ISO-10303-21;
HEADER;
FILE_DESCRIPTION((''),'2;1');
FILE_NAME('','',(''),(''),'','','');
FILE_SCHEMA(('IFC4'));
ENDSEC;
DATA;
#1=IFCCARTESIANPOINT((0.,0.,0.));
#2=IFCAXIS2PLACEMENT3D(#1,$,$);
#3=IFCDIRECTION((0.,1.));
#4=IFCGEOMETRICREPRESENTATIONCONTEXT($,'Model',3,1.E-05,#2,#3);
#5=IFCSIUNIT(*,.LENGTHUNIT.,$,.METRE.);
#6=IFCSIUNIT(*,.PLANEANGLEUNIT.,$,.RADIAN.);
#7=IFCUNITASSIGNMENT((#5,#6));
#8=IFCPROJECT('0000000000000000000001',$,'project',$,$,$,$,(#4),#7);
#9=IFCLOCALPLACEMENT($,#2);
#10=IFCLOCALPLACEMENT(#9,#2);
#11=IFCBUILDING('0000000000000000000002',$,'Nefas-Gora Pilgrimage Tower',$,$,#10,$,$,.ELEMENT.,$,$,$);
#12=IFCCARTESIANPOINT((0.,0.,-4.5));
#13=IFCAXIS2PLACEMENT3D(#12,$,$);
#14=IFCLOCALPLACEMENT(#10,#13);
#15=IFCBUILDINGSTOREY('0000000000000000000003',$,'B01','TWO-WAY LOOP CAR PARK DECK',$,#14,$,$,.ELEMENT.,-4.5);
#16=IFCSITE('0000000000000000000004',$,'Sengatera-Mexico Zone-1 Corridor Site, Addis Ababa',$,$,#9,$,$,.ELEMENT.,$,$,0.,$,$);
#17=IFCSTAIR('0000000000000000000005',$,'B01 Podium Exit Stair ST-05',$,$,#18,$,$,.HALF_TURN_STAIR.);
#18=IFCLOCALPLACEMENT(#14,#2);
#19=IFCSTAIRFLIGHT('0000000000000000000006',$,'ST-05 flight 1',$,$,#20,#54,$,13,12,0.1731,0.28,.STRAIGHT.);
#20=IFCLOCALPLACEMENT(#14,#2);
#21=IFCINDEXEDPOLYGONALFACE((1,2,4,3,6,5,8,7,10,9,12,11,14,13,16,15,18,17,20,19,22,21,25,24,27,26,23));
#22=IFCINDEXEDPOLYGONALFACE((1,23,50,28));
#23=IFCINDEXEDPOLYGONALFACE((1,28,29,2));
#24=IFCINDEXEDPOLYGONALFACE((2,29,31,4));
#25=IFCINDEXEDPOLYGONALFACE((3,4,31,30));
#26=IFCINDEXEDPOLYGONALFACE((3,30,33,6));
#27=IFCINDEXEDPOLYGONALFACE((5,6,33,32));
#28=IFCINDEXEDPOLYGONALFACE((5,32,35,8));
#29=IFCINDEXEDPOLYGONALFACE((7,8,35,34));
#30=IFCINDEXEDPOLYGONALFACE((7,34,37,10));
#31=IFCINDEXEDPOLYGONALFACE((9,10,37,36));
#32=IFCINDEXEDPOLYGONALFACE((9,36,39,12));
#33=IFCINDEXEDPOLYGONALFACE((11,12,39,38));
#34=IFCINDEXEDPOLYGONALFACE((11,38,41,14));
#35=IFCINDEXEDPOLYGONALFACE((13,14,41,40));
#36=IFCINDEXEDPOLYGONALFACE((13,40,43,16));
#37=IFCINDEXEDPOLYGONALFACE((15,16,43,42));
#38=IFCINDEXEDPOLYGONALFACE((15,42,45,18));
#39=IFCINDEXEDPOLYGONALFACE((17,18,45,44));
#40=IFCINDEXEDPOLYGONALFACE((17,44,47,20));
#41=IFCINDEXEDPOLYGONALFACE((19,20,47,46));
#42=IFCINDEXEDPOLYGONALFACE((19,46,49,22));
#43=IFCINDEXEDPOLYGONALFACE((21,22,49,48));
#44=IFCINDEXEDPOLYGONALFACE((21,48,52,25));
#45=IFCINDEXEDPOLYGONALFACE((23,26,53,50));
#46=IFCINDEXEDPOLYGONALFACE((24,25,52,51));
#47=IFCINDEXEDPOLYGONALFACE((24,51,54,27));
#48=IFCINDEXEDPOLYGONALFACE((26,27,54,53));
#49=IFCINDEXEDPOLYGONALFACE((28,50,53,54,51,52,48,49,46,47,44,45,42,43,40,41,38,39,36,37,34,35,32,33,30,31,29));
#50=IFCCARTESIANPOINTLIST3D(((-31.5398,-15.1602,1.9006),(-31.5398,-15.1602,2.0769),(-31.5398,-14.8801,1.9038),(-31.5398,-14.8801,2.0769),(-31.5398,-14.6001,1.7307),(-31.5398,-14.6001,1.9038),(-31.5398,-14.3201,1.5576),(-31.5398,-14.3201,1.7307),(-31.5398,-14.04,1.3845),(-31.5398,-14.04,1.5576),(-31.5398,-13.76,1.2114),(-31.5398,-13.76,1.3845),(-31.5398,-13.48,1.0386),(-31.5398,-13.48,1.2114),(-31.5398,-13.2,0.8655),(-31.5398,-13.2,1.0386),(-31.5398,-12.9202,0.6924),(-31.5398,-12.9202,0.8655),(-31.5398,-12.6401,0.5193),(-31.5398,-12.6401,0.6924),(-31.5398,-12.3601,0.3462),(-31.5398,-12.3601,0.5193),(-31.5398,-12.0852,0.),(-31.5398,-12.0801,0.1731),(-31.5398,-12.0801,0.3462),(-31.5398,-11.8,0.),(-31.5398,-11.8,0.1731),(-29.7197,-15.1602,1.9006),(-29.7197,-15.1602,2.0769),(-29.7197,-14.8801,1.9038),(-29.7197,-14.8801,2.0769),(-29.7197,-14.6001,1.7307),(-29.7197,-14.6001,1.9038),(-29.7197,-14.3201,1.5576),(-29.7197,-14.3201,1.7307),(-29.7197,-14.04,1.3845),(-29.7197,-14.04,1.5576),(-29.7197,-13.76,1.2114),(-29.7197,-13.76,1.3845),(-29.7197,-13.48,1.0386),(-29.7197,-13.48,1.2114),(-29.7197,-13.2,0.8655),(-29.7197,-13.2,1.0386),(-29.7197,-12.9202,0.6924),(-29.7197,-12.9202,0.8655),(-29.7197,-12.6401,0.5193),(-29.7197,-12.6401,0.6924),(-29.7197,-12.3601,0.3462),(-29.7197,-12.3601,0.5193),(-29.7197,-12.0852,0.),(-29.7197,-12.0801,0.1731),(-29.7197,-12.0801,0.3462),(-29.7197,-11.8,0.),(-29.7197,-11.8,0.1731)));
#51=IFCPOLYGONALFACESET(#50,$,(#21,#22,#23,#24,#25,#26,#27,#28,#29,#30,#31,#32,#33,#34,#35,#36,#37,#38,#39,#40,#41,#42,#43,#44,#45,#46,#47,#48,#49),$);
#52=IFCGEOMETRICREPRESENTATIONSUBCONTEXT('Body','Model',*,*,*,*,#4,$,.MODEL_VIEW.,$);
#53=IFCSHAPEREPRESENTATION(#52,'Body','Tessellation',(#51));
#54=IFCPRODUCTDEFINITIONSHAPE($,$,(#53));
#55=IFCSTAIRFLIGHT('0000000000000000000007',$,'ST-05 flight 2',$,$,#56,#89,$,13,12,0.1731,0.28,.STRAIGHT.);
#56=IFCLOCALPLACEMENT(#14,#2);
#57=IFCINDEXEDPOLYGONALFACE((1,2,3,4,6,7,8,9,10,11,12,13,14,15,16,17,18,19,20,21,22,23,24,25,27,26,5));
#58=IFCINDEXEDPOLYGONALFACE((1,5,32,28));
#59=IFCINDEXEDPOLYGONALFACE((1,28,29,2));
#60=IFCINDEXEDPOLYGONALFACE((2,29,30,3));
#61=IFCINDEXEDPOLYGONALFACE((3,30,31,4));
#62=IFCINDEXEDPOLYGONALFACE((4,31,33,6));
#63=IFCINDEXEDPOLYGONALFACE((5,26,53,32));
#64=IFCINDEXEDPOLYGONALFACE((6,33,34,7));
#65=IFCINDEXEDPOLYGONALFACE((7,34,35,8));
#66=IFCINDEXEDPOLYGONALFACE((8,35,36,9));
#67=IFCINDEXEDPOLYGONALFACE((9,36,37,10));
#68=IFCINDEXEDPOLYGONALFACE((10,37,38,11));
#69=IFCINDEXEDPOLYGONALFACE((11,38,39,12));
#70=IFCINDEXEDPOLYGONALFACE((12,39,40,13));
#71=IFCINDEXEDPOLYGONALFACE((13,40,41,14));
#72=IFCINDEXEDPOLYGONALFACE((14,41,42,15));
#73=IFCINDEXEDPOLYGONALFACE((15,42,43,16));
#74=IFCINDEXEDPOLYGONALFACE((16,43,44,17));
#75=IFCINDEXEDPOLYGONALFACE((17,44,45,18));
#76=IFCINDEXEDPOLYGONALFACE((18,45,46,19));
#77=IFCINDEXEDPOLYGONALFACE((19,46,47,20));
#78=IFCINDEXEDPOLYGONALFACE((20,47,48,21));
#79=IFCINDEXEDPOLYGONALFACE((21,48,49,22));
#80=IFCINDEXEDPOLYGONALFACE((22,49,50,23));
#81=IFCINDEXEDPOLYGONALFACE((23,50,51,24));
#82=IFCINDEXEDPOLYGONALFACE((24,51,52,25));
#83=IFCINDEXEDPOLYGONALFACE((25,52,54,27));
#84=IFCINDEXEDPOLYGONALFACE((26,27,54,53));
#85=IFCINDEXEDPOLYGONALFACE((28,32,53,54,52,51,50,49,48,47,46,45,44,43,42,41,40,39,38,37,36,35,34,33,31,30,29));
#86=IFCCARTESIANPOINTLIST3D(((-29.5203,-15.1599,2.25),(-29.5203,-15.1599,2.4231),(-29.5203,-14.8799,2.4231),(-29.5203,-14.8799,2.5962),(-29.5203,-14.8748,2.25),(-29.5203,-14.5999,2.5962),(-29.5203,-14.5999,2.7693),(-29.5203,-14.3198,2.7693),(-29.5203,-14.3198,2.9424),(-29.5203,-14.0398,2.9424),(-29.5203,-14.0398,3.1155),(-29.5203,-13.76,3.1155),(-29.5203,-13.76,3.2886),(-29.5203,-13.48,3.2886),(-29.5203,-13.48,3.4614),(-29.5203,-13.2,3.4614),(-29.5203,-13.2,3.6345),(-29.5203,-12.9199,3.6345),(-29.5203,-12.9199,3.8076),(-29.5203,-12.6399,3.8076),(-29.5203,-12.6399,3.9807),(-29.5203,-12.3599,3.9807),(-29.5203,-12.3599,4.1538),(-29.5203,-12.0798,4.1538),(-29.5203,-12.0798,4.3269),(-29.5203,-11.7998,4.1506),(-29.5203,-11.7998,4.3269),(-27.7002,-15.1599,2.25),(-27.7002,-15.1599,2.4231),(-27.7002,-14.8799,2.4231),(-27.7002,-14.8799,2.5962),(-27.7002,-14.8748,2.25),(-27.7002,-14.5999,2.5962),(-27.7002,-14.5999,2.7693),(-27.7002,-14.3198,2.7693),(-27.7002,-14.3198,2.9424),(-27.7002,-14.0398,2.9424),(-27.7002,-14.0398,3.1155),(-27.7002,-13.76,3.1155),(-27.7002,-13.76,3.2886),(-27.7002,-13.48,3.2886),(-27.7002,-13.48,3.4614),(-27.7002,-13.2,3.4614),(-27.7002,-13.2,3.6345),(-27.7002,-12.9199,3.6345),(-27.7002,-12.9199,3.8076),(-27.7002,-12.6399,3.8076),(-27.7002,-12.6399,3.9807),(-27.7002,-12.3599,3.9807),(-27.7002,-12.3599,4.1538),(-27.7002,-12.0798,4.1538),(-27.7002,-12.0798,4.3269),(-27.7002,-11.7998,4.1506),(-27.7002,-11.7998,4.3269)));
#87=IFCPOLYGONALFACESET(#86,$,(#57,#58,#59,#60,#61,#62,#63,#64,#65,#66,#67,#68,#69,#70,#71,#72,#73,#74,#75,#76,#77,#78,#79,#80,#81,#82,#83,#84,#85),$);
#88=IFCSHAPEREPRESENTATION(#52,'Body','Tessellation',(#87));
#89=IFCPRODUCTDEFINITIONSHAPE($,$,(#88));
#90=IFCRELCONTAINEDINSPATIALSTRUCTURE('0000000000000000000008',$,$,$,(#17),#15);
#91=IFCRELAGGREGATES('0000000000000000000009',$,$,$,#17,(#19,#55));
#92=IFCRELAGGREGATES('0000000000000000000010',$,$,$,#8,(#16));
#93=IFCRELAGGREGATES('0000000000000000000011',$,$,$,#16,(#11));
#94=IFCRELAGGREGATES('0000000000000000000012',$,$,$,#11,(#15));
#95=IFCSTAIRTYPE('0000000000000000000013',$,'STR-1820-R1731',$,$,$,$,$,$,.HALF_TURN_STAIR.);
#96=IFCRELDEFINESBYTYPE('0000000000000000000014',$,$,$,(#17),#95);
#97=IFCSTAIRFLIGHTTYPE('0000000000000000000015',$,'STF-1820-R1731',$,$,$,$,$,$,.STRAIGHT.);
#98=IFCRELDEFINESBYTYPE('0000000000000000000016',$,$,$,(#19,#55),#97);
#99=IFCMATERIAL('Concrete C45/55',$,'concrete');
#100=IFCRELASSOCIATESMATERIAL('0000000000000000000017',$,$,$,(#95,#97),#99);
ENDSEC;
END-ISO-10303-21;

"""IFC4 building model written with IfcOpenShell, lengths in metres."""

from ifc_helpers import new_model, si_unit, direction, frame, origin, place, context, subcontext, project, spatial, polyline, outline, extrude, source, transform, mapped, material, type_object, element, aggregate, save


model = new_model("IFC4")

# Units and contexts
model_context = context("Model", 3, precision=1e-05, world=origin(), true_north=direction((0.0, 1.0)))
body_context = subcontext(model_context, "Body", "Model", "MODEL_VIEW")
ifc_project = project(units=[si_unit("LENGTHUNIT", "METRE"), si_unit("PLANEANGLEUNIT", "RADIAN")], contexts=[model_context])

# Site, building, storey
site_placement = place(None, origin())
site = spatial("IfcSite", under=ifc_project, at=site_placement, Name="Sengatera-Mexico Zone-1 Corridor Site, Addis Ababa", CompositionType="ELEMENT", RefElevation=0.0)
building_placement = place(site_placement, origin())
building = spatial("IfcBuilding", under=site, at=building_placement, Name="Nefas-Gora Pilgrimage Tower", CompositionType="ELEMENT")
storey_placement = place(building_placement, frame((0.0, 0.0, -4.5)))
storey = spatial("IfcBuildingStorey", under=building, at=storey_placement, Name="B01", Description="TWO-WAY LOOP CAR PARK DECK", CompositionType="ELEMENT", Elevation=-4.5)

# Shared definitions
ifc_material_1 = material(Name="Concrete C45/55", Category="concrete")

# Stair, stair flights
stair_type = type_object("IfcStairType", Name="STR-1820-R1731", PredefinedType="HALF_TURN_STAIR", material=ifc_material_1)
stair_placement = place(storey_placement, origin())
stair = element("IfcStair", 1, at=stair_placement, inside=storey, type_object=stair_type, Name="B01 Podium Exit Stair ST-05", PredefinedType="HALF_TURN_STAIR")
stair_flight_type = type_object("IfcStairFlightType", Name="STF-1820-R1731", PredefinedType="STRAIGHT", material=ifc_material_1)
shared_shape_1 = source(origin(), body_context, "Body", "SweptSolid", [
    extrude(outline(polyline([(0.0, 0.0), (0.0, 0.1731), (0.28, 0.1731), (0.28, 0.3462), (0.5601, 0.3462), (0.5601, 0.5193), (0.8401, 0.5193), (0.8401, 0.6924), (1.1201, 0.6924), (1.1201, 0.8655), (1.3999, 0.8655), (1.3999, 1.0386), (1.6799, 1.0386), (1.6799, 1.2114), (1.96, 1.2114), (1.96, 1.3845), (2.24, 1.3845), (2.24, 1.5576), (2.52, 1.5576), (2.52, 1.7307), (2.8, 1.7307), (2.8, 1.9038), (3.0801, 1.9038), (3.0801, 2.0769), (3.3601, 2.0769), (3.3601, 2.25), (3.3601, 1.9006), (0.2852, 0.0), (0.0, 0.0)])), frame((0.0, 0.9102, 0.0), z_axis=(0.0, -1.0, 0.0), x_axis=(1.0, 0.0, 0.0)), (0.0, 0.0, 1.0), 1.8201),
])
stair_flight_1_placement = place(storey_placement, frame((-30.6299, -11.8, 0.0), z_axis=(0.0, 0.0, 1.0), x_axis=(0.0, -1.0, 0.0)))
stair_flight_1 = element("IfcStairFlight", 2, at=stair_flight_1_placement, type_object=stair_flight_type, Name="ST-05 flight 1", NumberOfRisers=13, NumberOfTreads=12, PredefinedType="STRAIGHT", RiserHeight=0.1731, TreadLength=0.28, context=body_context, shape_type="MappedRepresentation", body=[
    mapped(shared_shape_1, transform((0.0, 0.0, 0.0), x_axis=(1.0, 0.0, 0.0), y_axis=(0.0, 1.0, 0.0), z_axis=(0.0, 0.0, 1.0), scale=1.0)),
])
stair_flight_2_placement = place(storey_placement, frame((-28.6101, -15.1599, 2.25), z_axis=(0.0, 0.0, 1.0), x_axis=(0.0, 1.0, 0.0)))
stair_flight_2 = element("IfcStairFlight", 3, at=stair_flight_2_placement, type_object=stair_flight_type, Name="ST-05 flight 2", NumberOfRisers=13, NumberOfTreads=12, PredefinedType="STRAIGHT", RiserHeight=0.1731, TreadLength=0.28, context=body_context, shape_type="MappedRepresentation", body=[
    mapped(shared_shape_1, transform((0.0, 0.0, 0.0), x_axis=(1.0, 0.0, 0.0), y_axis=(0.0, 1.0, 0.0), z_axis=(0.0, 0.0, 1.0), scale=1.0)),
])
aggregate(stair, [stair_flight_1, stair_flight_2])

save(model, "model.ifc")
